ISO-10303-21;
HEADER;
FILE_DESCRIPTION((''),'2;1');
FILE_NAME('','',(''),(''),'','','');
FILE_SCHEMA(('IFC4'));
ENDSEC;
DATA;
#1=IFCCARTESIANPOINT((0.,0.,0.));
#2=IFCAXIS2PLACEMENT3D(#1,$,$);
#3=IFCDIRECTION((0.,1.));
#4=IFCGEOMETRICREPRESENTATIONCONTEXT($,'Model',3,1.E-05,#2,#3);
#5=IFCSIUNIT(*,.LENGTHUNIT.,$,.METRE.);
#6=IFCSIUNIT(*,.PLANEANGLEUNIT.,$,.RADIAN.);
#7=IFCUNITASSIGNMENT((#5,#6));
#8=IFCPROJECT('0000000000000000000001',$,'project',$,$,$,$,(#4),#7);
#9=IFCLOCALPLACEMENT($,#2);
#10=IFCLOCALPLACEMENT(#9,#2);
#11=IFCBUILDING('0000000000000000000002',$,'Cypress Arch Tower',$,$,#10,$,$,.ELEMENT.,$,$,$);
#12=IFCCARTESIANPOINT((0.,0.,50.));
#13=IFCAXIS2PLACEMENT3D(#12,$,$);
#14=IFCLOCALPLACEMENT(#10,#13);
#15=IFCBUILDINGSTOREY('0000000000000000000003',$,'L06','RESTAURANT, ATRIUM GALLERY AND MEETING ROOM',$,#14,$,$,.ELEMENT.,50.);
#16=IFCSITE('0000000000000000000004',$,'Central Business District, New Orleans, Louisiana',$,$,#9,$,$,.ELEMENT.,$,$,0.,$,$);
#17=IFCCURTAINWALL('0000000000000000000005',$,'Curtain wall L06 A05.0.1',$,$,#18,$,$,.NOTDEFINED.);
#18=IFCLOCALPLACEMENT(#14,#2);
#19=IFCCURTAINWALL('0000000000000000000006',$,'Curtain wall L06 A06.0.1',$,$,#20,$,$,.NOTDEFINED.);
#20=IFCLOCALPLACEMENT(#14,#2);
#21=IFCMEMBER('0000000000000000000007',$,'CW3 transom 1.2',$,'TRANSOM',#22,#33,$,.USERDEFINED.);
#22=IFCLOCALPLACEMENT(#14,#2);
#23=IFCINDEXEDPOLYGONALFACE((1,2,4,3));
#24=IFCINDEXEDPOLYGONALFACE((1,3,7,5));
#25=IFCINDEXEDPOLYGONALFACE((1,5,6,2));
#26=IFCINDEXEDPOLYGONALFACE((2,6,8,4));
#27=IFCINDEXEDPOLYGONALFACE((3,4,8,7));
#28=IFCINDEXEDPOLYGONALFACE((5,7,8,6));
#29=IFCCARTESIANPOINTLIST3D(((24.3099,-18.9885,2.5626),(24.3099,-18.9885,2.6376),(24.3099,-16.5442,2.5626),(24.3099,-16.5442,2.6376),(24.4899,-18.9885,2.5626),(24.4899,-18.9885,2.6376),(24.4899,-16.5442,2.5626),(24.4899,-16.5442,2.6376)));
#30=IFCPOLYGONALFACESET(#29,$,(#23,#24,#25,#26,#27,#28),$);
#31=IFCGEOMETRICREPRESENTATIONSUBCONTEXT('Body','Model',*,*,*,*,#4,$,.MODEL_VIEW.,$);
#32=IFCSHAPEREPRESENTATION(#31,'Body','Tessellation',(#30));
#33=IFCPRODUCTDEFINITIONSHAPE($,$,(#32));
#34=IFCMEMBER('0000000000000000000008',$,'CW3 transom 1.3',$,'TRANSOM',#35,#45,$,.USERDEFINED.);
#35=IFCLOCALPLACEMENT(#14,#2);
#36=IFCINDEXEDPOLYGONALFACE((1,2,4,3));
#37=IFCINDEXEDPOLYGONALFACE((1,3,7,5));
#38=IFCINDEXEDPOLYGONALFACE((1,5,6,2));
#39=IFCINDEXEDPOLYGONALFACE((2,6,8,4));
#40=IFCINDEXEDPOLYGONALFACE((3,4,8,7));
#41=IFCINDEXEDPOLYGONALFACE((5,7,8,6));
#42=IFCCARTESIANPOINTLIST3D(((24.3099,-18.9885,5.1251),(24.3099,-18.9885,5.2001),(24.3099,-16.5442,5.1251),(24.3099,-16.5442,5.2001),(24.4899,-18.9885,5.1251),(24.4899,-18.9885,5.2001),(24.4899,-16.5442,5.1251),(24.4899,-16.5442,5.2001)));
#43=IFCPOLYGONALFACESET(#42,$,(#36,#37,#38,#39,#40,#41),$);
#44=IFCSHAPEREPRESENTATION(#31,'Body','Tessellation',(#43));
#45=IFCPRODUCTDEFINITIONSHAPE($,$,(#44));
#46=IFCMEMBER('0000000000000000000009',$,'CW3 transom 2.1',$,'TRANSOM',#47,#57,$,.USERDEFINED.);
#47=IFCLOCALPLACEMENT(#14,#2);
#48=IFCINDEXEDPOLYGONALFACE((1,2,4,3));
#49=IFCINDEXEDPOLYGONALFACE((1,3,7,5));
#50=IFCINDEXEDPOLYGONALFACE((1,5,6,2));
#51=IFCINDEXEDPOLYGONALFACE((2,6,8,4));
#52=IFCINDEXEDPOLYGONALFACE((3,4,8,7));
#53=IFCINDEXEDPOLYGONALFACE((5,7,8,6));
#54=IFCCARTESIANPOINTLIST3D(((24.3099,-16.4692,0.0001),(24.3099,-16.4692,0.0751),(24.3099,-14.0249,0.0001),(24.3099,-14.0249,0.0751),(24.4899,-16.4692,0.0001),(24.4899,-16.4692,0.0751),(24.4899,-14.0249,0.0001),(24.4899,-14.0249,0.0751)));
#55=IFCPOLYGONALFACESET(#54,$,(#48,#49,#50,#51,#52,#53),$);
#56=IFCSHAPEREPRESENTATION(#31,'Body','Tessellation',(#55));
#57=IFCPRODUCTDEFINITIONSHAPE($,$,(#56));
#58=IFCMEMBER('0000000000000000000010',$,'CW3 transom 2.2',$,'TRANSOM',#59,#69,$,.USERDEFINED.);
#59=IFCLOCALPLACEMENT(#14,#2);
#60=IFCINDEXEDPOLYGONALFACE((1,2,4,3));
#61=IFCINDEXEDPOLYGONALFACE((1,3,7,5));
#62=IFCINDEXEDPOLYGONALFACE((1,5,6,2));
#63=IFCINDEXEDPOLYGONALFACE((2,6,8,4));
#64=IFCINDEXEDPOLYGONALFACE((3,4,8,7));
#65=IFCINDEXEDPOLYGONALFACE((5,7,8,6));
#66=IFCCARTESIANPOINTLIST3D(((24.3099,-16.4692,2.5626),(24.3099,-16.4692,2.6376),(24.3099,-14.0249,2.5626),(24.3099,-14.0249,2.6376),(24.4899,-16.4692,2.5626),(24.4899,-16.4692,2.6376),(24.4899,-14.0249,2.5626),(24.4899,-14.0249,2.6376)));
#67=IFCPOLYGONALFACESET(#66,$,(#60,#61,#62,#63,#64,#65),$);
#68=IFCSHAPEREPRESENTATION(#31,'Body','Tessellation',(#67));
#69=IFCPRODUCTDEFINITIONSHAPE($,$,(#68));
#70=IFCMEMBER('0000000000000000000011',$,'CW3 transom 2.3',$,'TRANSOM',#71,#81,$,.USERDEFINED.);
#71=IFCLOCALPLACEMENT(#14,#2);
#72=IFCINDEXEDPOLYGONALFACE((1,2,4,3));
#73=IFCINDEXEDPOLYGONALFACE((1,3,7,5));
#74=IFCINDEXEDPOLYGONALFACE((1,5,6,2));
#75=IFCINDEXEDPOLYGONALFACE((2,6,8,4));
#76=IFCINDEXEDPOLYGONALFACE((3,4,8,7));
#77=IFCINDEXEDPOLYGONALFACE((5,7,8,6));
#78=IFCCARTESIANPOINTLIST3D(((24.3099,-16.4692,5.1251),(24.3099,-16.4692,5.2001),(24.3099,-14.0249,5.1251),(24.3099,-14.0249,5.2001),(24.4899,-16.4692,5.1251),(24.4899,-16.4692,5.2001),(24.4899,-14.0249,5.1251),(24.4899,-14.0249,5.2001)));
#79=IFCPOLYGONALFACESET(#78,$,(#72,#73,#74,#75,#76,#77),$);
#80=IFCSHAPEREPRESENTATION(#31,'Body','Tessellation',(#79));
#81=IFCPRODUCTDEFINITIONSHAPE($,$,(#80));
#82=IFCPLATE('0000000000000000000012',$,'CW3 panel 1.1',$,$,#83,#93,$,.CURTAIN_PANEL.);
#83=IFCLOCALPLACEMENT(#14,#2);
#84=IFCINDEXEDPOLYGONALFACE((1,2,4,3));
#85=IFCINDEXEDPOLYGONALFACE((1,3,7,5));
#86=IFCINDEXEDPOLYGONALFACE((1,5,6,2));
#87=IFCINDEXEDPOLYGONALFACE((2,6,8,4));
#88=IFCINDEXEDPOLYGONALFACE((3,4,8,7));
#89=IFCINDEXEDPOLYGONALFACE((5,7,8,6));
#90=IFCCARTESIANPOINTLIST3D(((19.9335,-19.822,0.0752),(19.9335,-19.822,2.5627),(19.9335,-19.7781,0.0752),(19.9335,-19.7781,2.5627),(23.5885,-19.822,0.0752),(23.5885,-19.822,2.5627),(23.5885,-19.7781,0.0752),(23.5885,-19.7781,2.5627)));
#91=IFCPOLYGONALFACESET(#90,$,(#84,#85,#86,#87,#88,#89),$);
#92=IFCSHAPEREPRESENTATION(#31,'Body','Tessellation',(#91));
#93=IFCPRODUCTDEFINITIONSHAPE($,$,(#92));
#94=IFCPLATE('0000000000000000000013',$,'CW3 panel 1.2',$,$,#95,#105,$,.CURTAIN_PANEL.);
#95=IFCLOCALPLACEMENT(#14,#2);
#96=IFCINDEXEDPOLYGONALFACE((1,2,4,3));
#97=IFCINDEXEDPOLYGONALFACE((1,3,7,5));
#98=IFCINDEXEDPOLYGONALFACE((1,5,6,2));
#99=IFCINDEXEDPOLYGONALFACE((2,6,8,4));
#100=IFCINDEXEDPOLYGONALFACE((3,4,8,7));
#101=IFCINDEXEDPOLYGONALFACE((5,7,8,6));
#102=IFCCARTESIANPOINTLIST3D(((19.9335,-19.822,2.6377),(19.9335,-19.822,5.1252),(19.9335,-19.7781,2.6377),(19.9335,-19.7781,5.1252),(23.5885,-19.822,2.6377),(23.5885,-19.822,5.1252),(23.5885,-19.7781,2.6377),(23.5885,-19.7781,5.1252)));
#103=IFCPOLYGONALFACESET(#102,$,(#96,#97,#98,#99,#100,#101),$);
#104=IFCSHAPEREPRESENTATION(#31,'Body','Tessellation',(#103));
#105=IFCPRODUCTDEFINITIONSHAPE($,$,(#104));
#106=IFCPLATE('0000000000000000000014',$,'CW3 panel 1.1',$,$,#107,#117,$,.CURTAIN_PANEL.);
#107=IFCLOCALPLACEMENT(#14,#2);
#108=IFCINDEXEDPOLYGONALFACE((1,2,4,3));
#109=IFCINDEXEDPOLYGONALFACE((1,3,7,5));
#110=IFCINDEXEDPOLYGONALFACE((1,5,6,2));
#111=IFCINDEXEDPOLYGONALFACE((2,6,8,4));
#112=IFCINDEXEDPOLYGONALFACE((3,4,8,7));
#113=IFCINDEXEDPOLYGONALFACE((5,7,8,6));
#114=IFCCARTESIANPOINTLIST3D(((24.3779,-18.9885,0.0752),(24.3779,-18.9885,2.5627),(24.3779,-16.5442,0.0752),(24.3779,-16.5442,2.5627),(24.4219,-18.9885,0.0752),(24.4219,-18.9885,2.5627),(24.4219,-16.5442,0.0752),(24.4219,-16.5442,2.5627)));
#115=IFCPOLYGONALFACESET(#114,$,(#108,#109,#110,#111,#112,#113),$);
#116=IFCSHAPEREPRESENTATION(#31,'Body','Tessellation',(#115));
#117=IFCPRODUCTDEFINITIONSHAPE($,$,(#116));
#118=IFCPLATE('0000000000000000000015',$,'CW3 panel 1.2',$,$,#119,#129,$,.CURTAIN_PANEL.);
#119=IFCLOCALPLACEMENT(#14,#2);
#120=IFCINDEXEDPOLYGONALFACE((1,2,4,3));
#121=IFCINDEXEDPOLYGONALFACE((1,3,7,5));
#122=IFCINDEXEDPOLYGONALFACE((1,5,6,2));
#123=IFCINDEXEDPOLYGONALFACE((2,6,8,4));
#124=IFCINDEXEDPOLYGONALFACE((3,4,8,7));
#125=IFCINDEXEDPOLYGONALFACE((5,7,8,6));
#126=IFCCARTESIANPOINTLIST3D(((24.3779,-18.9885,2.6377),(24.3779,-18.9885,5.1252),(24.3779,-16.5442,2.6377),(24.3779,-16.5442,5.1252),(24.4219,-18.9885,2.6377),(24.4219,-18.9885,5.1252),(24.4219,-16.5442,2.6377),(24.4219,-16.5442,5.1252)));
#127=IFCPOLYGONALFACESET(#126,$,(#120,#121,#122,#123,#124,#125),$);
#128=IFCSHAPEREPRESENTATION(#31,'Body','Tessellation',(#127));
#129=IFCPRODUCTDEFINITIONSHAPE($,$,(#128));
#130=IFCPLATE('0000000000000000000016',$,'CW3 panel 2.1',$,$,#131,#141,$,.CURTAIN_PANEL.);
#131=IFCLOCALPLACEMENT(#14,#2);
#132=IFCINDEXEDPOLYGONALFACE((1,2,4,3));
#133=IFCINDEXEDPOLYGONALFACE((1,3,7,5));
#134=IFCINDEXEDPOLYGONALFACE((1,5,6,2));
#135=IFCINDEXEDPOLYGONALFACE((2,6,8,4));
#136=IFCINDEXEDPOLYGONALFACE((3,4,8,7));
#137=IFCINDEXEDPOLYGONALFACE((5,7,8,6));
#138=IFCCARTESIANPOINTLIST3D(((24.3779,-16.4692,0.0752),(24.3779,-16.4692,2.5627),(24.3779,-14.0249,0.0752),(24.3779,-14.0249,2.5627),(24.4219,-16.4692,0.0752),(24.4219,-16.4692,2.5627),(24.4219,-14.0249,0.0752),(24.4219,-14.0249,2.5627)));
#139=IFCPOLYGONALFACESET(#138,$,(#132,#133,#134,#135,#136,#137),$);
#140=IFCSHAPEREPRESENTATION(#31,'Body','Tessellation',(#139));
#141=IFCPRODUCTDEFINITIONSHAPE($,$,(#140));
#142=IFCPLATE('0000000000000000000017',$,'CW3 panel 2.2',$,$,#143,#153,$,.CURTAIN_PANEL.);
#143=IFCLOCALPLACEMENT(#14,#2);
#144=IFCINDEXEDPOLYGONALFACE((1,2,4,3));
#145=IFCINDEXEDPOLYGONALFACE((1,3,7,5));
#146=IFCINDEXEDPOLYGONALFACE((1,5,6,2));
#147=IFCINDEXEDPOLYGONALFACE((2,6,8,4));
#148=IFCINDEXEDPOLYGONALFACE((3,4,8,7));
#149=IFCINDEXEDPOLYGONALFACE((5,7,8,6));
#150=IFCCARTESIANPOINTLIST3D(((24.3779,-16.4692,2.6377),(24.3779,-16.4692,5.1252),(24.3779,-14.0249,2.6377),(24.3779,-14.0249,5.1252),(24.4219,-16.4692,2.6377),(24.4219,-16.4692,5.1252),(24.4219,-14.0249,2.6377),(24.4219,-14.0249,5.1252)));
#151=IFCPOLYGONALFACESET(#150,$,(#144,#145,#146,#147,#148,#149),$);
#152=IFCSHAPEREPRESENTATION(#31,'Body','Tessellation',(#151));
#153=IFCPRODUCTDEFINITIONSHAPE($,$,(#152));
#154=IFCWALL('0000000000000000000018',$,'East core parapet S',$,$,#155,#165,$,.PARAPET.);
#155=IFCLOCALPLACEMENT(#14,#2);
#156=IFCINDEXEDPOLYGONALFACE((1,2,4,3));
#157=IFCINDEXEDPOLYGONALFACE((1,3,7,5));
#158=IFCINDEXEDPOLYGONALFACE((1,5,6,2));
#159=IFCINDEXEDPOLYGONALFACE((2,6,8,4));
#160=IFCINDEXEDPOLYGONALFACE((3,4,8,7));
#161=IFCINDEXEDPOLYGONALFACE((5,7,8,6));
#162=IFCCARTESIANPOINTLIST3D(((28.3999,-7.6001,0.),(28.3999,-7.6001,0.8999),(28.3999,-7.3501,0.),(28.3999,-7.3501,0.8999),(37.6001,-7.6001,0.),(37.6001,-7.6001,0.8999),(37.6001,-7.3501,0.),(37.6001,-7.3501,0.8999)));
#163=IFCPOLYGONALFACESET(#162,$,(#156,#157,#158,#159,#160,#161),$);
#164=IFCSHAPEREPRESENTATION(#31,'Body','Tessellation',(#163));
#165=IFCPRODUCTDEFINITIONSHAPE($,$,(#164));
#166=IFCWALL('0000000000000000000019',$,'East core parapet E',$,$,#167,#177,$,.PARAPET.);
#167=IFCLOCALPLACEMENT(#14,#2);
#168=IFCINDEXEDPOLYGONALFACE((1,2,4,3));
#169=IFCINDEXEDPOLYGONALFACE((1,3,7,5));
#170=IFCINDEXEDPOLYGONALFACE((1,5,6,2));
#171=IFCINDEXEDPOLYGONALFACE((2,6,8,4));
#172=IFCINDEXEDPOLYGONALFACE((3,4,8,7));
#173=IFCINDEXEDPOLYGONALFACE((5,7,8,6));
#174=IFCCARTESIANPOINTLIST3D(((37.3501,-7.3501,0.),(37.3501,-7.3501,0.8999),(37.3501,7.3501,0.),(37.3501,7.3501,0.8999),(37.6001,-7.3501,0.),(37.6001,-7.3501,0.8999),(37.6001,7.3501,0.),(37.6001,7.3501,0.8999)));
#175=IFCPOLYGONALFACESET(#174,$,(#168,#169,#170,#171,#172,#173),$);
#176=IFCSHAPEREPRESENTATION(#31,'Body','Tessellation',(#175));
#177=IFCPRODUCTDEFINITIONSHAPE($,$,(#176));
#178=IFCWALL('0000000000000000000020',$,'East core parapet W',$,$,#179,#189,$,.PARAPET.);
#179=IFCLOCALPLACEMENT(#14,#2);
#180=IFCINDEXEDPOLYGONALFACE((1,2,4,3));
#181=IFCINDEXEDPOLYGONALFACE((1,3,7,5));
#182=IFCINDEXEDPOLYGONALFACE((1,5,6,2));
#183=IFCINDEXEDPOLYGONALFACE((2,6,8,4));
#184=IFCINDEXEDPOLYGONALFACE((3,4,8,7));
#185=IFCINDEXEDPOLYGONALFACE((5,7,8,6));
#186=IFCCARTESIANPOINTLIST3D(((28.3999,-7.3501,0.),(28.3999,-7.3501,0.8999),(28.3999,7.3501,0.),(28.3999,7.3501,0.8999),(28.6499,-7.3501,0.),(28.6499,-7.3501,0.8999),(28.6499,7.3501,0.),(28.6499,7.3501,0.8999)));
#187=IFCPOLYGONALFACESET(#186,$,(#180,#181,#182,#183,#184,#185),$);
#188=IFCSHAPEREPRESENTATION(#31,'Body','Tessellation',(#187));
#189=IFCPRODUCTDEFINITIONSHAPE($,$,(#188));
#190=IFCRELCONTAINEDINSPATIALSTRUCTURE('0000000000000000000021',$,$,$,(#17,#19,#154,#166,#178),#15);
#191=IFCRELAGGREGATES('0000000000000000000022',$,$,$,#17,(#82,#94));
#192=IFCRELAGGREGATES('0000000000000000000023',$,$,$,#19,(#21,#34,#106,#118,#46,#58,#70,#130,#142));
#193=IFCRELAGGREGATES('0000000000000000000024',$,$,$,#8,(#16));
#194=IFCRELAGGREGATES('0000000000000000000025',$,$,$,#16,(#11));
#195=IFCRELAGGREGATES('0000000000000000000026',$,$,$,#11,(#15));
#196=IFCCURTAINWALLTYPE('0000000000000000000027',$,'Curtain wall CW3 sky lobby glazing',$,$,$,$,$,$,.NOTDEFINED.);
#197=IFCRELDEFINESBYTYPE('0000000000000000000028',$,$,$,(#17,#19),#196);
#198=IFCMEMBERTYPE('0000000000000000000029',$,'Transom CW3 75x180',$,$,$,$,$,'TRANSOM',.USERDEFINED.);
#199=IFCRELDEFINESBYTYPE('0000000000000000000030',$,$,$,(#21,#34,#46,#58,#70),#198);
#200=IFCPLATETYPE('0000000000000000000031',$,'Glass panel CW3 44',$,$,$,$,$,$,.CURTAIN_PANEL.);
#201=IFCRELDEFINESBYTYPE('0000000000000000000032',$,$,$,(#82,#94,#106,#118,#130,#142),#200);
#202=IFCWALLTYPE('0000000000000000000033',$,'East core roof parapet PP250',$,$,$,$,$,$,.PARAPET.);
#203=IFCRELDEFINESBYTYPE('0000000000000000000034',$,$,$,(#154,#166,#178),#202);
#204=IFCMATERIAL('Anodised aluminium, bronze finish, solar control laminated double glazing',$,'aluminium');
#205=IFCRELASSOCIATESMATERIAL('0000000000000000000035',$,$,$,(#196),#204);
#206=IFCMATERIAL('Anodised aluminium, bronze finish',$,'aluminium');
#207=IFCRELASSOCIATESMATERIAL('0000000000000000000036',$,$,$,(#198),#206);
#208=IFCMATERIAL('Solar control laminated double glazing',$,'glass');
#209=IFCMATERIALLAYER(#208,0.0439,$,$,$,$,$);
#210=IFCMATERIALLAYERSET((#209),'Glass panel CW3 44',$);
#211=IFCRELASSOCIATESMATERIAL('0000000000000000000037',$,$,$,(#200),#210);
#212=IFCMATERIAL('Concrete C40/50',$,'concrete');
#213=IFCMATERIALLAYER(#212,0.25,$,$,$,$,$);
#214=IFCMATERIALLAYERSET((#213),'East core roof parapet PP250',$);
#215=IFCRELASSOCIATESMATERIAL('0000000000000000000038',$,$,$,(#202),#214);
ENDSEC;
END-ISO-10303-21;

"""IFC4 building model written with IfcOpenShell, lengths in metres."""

from ifc_helpers import new_model, si_unit, direction, frame, frame_2d, origin, origin_2d, place, context, subcontext, project, spatial, rectangle, extrude, material, layer, layer_set, material_profile, profile_set, type_object, element, aggregate, save


model = new_model("IFC4")

# Units and contexts
model_context = context("Model", 3, precision=1e-05, world=origin(), true_north=direction((0.0, 1.0)))
body_context = subcontext(model_context, "Body", "Model", "MODEL_VIEW")
ifc_project = project(units=[si_unit("LENGTHUNIT", "METRE"), si_unit("PLANEANGLEUNIT", "RADIAN")], contexts=[model_context])

# Site, building, storey
site_placement = place(None, origin())
site = spatial("IfcSite", under=ifc_project, at=site_placement, Name="Central Business District, New Orleans, Louisiana", CompositionType="ELEMENT", RefElevation=0.0)
building_placement = place(site_placement, origin())
building = spatial("IfcBuilding", under=site, at=building_placement, Name="Cypress Arch Tower", CompositionType="ELEMENT")
storey_placement = place(building_placement, frame((0.0, 0.0, 50.0)))
storey = spatial("IfcBuildingStorey", under=building, at=storey_placement, Name="L06", Description="RESTAURANT, ATRIUM GALLERY AND MEETING ROOM", CompositionType="ELEMENT", Elevation=50.0)

# Curtain walls
ifc_material_1 = material(Name="Anodised aluminium, bronze finish, solar control laminated double glazing", Category="aluminium")
curtain_wall_type = type_object("IfcCurtainWallType", Name="Curtain wall CW3 sky lobby glazing", PredefinedType="NOTDEFINED", material=ifc_material_1)
curtain_wall_1_placement = place(storey_placement, origin())
curtain_wall_1 = element("IfcCurtainWall", 1, at=curtain_wall_1_placement, inside=storey, type_object=curtain_wall_type, Name="Curtain wall L06 A05.0.1", PredefinedType="NOTDEFINED")
curtain_wall_2_placement = place(storey_placement, origin())
curtain_wall_2 = element("IfcCurtainWall", 2, at=curtain_wall_2_placement, inside=storey, type_object=curtain_wall_type, Name="Curtain wall L06 A06.0.1", PredefinedType="NOTDEFINED")

# Members
ifc_material_2 = material(Name="Anodised aluminium, bronze finish", Category="aluminium")
ifc_material_profile_1 = material_profile(ifc_material_2, rectangle(XDim=0.1799, YDim=0.075, at=origin_2d()), Name="Transom 75x180")
ifc_profile_set_1 = profile_set([ifc_material_profile_1], Name="Anodised aluminium, bronze finish")
member_type_1 = type_object("IfcMemberType", Name="Transom CW3 75x180", ElementType="TRANSOM", PredefinedType="USERDEFINED", material=ifc_profile_set_1)
member_1_placement = place(storey_placement, frame((24.3999, -18.9885, 2.6001), z_axis=(0.0, 1.0, 0.0), x_axis=(-1.0, 0.0, 0.0)))
member_1 = element("IfcMember", 3, at=member_1_placement, type_object=member_type_1, Name="CW3 transom 1.2", ObjectType="TRANSOM", PredefinedType="USERDEFINED", context=body_context, shape_type="SweptSolid", body=[
    extrude(rectangle(XDim=0.1799, YDim=0.075, at=origin_2d()), origin(), (0.0, 0.0, 1.0), 2.4443),
])
member_2_placement = place(storey_placement, frame((24.3999, -18.9885, 5.1626), z_axis=(0.0, 1.0, 0.0), x_axis=(-1.0, 0.0, 0.0)))
member_2 = element("IfcMember", 4, at=member_2_placement, type_object=member_type_1, Name="CW3 transom 1.3", ObjectType="TRANSOM", PredefinedType="USERDEFINED", context=body_context, shape_type="SweptSolid", body=[
    extrude(rectangle(XDim=0.1799, YDim=0.075, at=origin_2d()), origin(), (0.0, 0.0, 1.0), 2.4443),
])
member_3_placement = place(storey_placement, frame((24.3999, -16.4692, 0.0376), z_axis=(0.0, 1.0, 0.0), x_axis=(-1.0, 0.0, 0.0)))
member_3 = element("IfcMember", 5, at=member_3_placement, type_object=member_type_1, Name="CW3 transom 2.1", ObjectType="TRANSOM", PredefinedType="USERDEFINED", context=body_context, shape_type="SweptSolid", body=[
    extrude(rectangle(XDim=0.1799, YDim=0.075, at=origin_2d()), origin(), (0.0, 0.0, 1.0), 2.4443),
])
member_4_placement = place(storey_placement, frame((24.3999, -16.4692, 2.6001), z_axis=(0.0, 1.0, 0.0), x_axis=(-1.0, 0.0, 0.0)))
member_4 = element("IfcMember", 6, at=member_4_placement, type_object=member_type_1, Name="CW3 transom 2.2", ObjectType="TRANSOM", PredefinedType="USERDEFINED", context=body_context, shape_type="SweptSolid", body=[
    extrude(rectangle(XDim=0.1799, YDim=0.075, at=origin_2d()), origin(), (0.0, 0.0, 1.0), 2.4443),
])
member_5_placement = place(storey_placement, frame((24.3999, -16.4692, 5.1626), z_axis=(0.0, 1.0, 0.0), x_axis=(-1.0, 0.0, 0.0)))
member_5 = element("IfcMember", 7, at=member_5_placement, type_object=member_type_1, Name="CW3 transom 2.3", ObjectType="TRANSOM", PredefinedType="USERDEFINED", context=body_context, shape_type="SweptSolid", body=[
    extrude(rectangle(XDim=0.1799, YDim=0.075, at=origin_2d()), origin(), (0.0, 0.0, 1.0), 2.4443),
])

# Plates
ifc_material_3 = material(Name="Solar control laminated double glazing", Category="glass")
ifc_layer_1 = layer(ifc_material_3, 0.0439)
ifc_layer_set_1 = layer_set([ifc_layer_1], Name="Glass panel CW3 44")
plate_type = type_object("IfcPlateType", Name="Glass panel CW3 44", PredefinedType="CURTAIN_PANEL", material=ifc_layer_set_1)
plate_1_placement = place(storey_placement, frame((21.761, -19.8, 0.0752), z_axis=(0.0, 0.0, 1.0), x_axis=(1.0, 0.0, 0.0)))
plate_1 = element("IfcPlate", 8, at=plate_1_placement, type_object=plate_type, Name="CW3 panel 1.1", PredefinedType="CURTAIN_PANEL", context=body_context, shape_type="SweptSolid", body=[
    extrude(rectangle(XDim=3.655, YDim=0.0439, at=origin_2d()), origin(), (0.0, 0.0, 1.0), 2.4875),
])
plate_2_placement = place(storey_placement, frame((21.761, -19.8, 2.6377), z_axis=(0.0, 0.0, 1.0), x_axis=(1.0, 0.0, 0.0)))
plate_2 = element("IfcPlate", 9, at=plate_2_placement, type_object=plate_type, Name="CW3 panel 1.2", PredefinedType="CURTAIN_PANEL", context=body_context, shape_type="SweptSolid", body=[
    extrude(rectangle(XDim=3.655, YDim=0.0439, at=origin_2d()), origin(), (0.0, 0.0, 1.0), 2.4875),
])
aggregate(curtain_wall_1, [plate_1, plate_2])
plate_3_placement = place(storey_placement, frame((24.3999, -17.7664, 0.0752), z_axis=(0.0, 0.0, 1.0), x_axis=(0.0, 1.0, 0.0)))
plate_3 = element("IfcPlate", 10, at=plate_3_placement, type_object=plate_type, Name="CW3 panel 1.1", PredefinedType="CURTAIN_PANEL", context=body_context, shape_type="SweptSolid", body=[
    extrude(rectangle(XDim=2.4443, YDim=0.0439, at=origin_2d()), origin(), (0.0, 0.0, 1.0), 2.4875),
])
plate_4_placement = place(storey_placement, frame((24.3999, -17.7664, 2.6377), z_axis=(0.0, 0.0, 1.0), x_axis=(0.0, 1.0, 0.0)))
plate_4 = element("IfcPlate", 11, at=plate_4_placement, type_object=plate_type, Name="CW3 panel 1.2", PredefinedType="CURTAIN_PANEL", context=body_context, shape_type="SweptSolid", body=[
    extrude(rectangle(XDim=2.4443, YDim=0.0439, at=origin_2d()), origin(), (0.0, 0.0, 1.0), 2.4875),
])
plate_5_placement = place(storey_placement, frame((24.3999, -15.2471, 0.0752), z_axis=(0.0, 0.0, 1.0), x_axis=(0.0, 1.0, 0.0)))
plate_5 = element("IfcPlate", 12, at=plate_5_placement, type_object=plate_type, Name="CW3 panel 2.1", PredefinedType="CURTAIN_PANEL", context=body_context, shape_type="SweptSolid", body=[
    extrude(rectangle(XDim=2.4443, YDim=0.0439, at=origin_2d()), origin(), (0.0, 0.0, 1.0), 2.4875),
])
plate_6_placement = place(storey_placement, frame((24.3999, -15.2471, 2.6377), z_axis=(0.0, 0.0, 1.0), x_axis=(0.0, 1.0, 0.0)))
plate_6 = element("IfcPlate", 13, at=plate_6_placement, type_object=plate_type, Name="CW3 panel 2.2", PredefinedType="CURTAIN_PANEL", context=body_context, shape_type="SweptSolid", body=[
    extrude(rectangle(XDim=2.4443, YDim=0.0439, at=origin_2d()), origin(), (0.0, 0.0, 1.0), 2.4875),
])
aggregate(curtain_wall_2, [member_1, member_2, plate_3, plate_4, member_3, member_4, member_5, plate_5, plate_6])

# Walls
ifc_material_4 = material(Name="Concrete C40/50", Category="concrete")
ifc_layer_2 = layer(ifc_material_4, 0.25)
ifc_layer_set_2 = layer_set([ifc_layer_2], Name="East core roof parapet PP250")
wall_type_1 = type_object("IfcWallType", Name="East core roof parapet PP250", PredefinedType="PARAPET", material=ifc_layer_set_2)
wall_1_placement = place(storey_placement, frame((28.3999, -7.4751, 0.0), z_axis=(0.0, 0.0, 1.0), x_axis=(1.0, 0.0, 0.0)))
element("IfcWall", 14, at=wall_1_placement, inside=storey, type_object=wall_type_1, Name="East core parapet S", PredefinedType="PARAPET", context=body_context, shape_type="SweptSolid", body=[
    extrude(rectangle(XDim=9.2002, YDim=0.25, at=frame_2d((4.6001, 0.0))), origin(), (0.0, 0.0, 1.0), 0.8999),
])
for number, where, z_axis, x_axis, name in (
    (15, (37.4751, -7.3501, 0.0), (0.0, 0.0, 1.0), (0.0, 1.0, 0.0), "East core parapet E"),
    (16, (28.5249, -7.3501, 0.0), (0.0, 0.0, 1.0), (0.0, 1.0, 0.0), "East core parapet W"),
):
    element("IfcWall", number, at=place(storey_placement, frame(where, z_axis=z_axis, x_axis=x_axis)), inside=storey, type_object=wall_type_1, Name=name, PredefinedType="PARAPET", context=body_context, shape_type="SweptSolid", body=[
        extrude(rectangle(XDim=14.7002, YDim=0.25, at=frame_2d((7.3501, 0.0))), origin(), (0.0, 0.0, 1.0), 0.8999),
    ])

save(model, "model.ifc")
